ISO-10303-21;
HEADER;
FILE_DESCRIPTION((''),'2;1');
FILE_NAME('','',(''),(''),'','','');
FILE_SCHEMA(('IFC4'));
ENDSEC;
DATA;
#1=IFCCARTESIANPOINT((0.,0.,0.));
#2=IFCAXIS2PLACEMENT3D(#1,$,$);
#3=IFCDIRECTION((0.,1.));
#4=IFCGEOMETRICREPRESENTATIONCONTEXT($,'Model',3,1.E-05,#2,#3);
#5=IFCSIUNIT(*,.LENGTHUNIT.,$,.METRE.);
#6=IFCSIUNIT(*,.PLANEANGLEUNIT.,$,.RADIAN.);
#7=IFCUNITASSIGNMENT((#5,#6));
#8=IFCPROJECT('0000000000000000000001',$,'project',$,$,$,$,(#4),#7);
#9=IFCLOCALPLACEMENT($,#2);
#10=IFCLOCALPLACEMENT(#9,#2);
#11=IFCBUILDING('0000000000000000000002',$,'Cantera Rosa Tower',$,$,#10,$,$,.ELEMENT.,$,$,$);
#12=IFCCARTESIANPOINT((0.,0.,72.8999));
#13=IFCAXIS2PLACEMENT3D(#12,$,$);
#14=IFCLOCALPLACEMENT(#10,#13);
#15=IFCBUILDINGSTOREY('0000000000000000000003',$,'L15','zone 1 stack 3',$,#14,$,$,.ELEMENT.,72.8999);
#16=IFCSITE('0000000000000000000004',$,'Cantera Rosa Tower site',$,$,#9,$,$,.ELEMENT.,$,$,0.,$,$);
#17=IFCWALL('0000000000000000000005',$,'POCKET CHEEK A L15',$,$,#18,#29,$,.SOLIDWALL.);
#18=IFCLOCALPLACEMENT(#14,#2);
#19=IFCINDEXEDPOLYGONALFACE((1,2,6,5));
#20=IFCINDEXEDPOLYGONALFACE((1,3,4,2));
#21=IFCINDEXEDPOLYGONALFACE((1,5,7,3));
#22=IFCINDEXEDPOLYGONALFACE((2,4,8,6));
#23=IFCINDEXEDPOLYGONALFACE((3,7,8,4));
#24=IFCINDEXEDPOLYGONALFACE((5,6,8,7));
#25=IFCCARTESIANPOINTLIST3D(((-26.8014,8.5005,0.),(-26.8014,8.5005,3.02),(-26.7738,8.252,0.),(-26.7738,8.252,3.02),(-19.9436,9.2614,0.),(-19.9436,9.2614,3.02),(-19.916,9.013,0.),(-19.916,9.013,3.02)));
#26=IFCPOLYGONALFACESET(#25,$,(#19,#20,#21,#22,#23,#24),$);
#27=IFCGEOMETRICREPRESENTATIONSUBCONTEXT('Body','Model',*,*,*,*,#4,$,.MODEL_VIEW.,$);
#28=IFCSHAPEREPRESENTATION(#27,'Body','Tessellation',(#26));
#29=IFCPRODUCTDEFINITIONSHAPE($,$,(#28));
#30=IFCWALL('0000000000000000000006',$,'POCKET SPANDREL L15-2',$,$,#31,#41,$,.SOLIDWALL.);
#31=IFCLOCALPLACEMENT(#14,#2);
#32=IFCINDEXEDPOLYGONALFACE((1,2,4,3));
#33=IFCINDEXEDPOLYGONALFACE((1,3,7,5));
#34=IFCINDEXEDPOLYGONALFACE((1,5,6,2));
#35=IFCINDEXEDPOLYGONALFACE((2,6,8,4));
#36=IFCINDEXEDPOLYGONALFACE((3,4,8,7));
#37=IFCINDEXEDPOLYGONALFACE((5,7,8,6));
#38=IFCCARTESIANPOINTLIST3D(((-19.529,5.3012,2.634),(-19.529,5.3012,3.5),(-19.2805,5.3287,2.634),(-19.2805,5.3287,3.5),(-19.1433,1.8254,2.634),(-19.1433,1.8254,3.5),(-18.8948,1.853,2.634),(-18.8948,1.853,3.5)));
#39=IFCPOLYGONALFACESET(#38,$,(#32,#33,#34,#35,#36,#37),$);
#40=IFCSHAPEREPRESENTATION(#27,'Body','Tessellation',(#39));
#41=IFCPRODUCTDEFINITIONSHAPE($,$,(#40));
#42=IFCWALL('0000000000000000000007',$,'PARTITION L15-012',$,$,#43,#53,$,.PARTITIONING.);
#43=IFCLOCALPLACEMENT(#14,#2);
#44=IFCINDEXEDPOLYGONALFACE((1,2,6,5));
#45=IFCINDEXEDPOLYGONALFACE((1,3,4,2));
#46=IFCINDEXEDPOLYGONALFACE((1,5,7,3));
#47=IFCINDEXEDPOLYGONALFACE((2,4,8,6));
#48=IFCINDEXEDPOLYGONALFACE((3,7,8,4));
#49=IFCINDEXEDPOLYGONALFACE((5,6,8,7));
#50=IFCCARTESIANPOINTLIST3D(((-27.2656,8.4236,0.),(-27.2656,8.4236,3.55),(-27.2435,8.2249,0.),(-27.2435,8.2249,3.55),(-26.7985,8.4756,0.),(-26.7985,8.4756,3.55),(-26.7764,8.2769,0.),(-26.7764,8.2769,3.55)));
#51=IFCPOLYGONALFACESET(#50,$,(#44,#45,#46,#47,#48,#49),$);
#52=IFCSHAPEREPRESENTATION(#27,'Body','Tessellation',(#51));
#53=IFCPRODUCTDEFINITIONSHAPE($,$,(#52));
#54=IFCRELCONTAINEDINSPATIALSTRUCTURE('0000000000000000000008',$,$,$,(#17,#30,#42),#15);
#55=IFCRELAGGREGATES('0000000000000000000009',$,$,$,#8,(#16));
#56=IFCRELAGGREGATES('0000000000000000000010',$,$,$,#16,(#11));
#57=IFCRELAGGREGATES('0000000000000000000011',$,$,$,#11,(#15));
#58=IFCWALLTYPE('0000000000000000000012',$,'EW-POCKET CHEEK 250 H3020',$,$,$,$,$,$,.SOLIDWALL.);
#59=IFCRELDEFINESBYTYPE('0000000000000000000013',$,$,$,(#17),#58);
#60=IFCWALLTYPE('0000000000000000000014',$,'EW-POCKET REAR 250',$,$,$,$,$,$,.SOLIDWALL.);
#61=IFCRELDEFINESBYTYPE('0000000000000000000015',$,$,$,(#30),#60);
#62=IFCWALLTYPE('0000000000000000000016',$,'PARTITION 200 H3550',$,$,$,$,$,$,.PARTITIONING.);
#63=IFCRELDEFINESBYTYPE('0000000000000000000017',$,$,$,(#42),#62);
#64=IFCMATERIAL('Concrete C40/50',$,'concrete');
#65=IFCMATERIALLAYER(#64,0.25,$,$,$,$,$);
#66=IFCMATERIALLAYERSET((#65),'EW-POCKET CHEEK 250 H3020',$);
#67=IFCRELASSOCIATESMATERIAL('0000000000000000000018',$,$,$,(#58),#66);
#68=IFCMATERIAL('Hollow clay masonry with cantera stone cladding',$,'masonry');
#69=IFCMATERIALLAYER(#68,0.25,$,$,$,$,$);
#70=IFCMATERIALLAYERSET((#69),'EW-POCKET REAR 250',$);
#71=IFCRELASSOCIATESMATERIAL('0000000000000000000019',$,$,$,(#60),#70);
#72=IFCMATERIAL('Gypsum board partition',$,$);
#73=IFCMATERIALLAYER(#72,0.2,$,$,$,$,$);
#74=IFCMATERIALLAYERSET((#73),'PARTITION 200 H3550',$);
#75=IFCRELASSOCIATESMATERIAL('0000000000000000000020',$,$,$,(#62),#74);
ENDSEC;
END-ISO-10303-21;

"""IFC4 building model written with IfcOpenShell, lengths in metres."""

from ifc_helpers import new_model, si_unit, direction, frame, frame_2d, origin, place, context, subcontext, project, spatial, rectangle, extrude, material, layer, layer_set, type_object, element, save


model = new_model("IFC4")

# Units and contexts
model_context = context("Model", 3, precision=1e-05, world=origin(), true_north=direction((0.0, 1.0)))
body_context = subcontext(model_context, "Body", "Model", "MODEL_VIEW")
ifc_project = project(units=[si_unit("LENGTHUNIT", "METRE"), si_unit("PLANEANGLEUNIT", "RADIAN")], contexts=[model_context])

# Site, building, storey
site_placement = place(None, origin())
site = spatial("IfcSite", under=ifc_project, at=site_placement, Name="Cantera Rosa Tower site", CompositionType="ELEMENT", RefElevation=0.0)
building_placement = place(site_placement, origin())
building = spatial("IfcBuilding", under=site, at=building_placement, Name="Cantera Rosa Tower", CompositionType="ELEMENT")
storey_placement = place(building_placement, frame((0.0, 0.0, 72.8999)))
storey = spatial("IfcBuildingStorey", under=building, at=storey_placement, Name="L15", Description="zone 1 stack 3", CompositionType="ELEMENT", Elevation=72.8999)

# Walls
ifc_material_1 = material(Name="Concrete C40/50", Category="concrete")
ifc_layer_1 = layer(ifc_material_1, 0.25)
ifc_layer_set_1 = layer_set([ifc_layer_1], Name="EW-POCKET CHEEK 250 H3020")
wall_type_1 = type_object("IfcWallType", Name="EW-POCKET CHEEK 250 H3020", PredefinedType="SOLIDWALL", material=ifc_layer_set_1)
wall_1_placement = place(storey_placement, frame((-26.7876, 8.3762, 0.0), z_axis=(0.0, 0.0, 1.0), x_axis=(0.9939, 0.110288, 0.0)))
element("IfcWall", 1, at=wall_1_placement, inside=storey, type_object=wall_type_1, Name="POCKET CHEEK A L15", PredefinedType="SOLIDWALL", context=body_context, shape_type="SweptSolid", body=[
    extrude(rectangle(XDim=6.8999, YDim=0.25, at=frame_2d((3.45, 0.0))), origin(), (0.0, 0.0, 1.0), 3.02),
])
ifc_material_2 = material(Name="Hollow clay masonry with cantera stone cladding", Category="masonry")
ifc_layer_2 = layer(ifc_material_2, 0.25)
ifc_layer_set_2 = layer_set([ifc_layer_2], Name="EW-POCKET REAR 250")
wall_type_2 = type_object("IfcWallType", Name="EW-POCKET REAR 250", PredefinedType="SOLIDWALL", material=ifc_layer_set_2)
wall_2_placement = place(storey_placement, frame((-19.4048, 5.3149, 2.634), z_axis=(0.0, 0.0, 1.0), x_axis=(0.110301, -0.993898, 0.0)))
element("IfcWall", 2, at=wall_2_placement, inside=storey, type_object=wall_type_2, Name="POCKET SPANDREL L15-2", PredefinedType="SOLIDWALL", context=body_context, shape_type="SweptSolid", body=[
    extrude(rectangle(XDim=3.4971, YDim=0.25, at=frame_2d((1.7485, 0.0))), origin(), (0.0, 0.0, 1.0), 0.866),
])
ifc_material_3 = material(Name="Gypsum board partition")
ifc_layer_3 = layer(ifc_material_3, 0.2)
ifc_layer_set_3 = layer_set([ifc_layer_3], Name="PARTITION 200 H3550")
wall_type_3 = type_object("IfcWallType", Name="PARTITION 200 H3550", PredefinedType="PARTITIONING", material=ifc_layer_set_3)
wall_3_placement = place(storey_placement, frame((-26.7876, 8.3762, 0.0), z_axis=(0.0, 0.0, 1.0), x_axis=(-0.993858, -0.11066, 0.0)))
element("IfcWall", 3, at=wall_3_placement, inside=storey, type_object=wall_type_3, Name="PARTITION L15-012", PredefinedType="PARTITIONING", context=body_context, shape_type="SweptSolid", body=[
    extrude(rectangle(XDim=0.47, YDim=0.2, at=frame_2d((0.2349, 0.0))), origin(), (0.0, 0.0, 1.0), 3.55),
])

save(model, "model.ifc")
